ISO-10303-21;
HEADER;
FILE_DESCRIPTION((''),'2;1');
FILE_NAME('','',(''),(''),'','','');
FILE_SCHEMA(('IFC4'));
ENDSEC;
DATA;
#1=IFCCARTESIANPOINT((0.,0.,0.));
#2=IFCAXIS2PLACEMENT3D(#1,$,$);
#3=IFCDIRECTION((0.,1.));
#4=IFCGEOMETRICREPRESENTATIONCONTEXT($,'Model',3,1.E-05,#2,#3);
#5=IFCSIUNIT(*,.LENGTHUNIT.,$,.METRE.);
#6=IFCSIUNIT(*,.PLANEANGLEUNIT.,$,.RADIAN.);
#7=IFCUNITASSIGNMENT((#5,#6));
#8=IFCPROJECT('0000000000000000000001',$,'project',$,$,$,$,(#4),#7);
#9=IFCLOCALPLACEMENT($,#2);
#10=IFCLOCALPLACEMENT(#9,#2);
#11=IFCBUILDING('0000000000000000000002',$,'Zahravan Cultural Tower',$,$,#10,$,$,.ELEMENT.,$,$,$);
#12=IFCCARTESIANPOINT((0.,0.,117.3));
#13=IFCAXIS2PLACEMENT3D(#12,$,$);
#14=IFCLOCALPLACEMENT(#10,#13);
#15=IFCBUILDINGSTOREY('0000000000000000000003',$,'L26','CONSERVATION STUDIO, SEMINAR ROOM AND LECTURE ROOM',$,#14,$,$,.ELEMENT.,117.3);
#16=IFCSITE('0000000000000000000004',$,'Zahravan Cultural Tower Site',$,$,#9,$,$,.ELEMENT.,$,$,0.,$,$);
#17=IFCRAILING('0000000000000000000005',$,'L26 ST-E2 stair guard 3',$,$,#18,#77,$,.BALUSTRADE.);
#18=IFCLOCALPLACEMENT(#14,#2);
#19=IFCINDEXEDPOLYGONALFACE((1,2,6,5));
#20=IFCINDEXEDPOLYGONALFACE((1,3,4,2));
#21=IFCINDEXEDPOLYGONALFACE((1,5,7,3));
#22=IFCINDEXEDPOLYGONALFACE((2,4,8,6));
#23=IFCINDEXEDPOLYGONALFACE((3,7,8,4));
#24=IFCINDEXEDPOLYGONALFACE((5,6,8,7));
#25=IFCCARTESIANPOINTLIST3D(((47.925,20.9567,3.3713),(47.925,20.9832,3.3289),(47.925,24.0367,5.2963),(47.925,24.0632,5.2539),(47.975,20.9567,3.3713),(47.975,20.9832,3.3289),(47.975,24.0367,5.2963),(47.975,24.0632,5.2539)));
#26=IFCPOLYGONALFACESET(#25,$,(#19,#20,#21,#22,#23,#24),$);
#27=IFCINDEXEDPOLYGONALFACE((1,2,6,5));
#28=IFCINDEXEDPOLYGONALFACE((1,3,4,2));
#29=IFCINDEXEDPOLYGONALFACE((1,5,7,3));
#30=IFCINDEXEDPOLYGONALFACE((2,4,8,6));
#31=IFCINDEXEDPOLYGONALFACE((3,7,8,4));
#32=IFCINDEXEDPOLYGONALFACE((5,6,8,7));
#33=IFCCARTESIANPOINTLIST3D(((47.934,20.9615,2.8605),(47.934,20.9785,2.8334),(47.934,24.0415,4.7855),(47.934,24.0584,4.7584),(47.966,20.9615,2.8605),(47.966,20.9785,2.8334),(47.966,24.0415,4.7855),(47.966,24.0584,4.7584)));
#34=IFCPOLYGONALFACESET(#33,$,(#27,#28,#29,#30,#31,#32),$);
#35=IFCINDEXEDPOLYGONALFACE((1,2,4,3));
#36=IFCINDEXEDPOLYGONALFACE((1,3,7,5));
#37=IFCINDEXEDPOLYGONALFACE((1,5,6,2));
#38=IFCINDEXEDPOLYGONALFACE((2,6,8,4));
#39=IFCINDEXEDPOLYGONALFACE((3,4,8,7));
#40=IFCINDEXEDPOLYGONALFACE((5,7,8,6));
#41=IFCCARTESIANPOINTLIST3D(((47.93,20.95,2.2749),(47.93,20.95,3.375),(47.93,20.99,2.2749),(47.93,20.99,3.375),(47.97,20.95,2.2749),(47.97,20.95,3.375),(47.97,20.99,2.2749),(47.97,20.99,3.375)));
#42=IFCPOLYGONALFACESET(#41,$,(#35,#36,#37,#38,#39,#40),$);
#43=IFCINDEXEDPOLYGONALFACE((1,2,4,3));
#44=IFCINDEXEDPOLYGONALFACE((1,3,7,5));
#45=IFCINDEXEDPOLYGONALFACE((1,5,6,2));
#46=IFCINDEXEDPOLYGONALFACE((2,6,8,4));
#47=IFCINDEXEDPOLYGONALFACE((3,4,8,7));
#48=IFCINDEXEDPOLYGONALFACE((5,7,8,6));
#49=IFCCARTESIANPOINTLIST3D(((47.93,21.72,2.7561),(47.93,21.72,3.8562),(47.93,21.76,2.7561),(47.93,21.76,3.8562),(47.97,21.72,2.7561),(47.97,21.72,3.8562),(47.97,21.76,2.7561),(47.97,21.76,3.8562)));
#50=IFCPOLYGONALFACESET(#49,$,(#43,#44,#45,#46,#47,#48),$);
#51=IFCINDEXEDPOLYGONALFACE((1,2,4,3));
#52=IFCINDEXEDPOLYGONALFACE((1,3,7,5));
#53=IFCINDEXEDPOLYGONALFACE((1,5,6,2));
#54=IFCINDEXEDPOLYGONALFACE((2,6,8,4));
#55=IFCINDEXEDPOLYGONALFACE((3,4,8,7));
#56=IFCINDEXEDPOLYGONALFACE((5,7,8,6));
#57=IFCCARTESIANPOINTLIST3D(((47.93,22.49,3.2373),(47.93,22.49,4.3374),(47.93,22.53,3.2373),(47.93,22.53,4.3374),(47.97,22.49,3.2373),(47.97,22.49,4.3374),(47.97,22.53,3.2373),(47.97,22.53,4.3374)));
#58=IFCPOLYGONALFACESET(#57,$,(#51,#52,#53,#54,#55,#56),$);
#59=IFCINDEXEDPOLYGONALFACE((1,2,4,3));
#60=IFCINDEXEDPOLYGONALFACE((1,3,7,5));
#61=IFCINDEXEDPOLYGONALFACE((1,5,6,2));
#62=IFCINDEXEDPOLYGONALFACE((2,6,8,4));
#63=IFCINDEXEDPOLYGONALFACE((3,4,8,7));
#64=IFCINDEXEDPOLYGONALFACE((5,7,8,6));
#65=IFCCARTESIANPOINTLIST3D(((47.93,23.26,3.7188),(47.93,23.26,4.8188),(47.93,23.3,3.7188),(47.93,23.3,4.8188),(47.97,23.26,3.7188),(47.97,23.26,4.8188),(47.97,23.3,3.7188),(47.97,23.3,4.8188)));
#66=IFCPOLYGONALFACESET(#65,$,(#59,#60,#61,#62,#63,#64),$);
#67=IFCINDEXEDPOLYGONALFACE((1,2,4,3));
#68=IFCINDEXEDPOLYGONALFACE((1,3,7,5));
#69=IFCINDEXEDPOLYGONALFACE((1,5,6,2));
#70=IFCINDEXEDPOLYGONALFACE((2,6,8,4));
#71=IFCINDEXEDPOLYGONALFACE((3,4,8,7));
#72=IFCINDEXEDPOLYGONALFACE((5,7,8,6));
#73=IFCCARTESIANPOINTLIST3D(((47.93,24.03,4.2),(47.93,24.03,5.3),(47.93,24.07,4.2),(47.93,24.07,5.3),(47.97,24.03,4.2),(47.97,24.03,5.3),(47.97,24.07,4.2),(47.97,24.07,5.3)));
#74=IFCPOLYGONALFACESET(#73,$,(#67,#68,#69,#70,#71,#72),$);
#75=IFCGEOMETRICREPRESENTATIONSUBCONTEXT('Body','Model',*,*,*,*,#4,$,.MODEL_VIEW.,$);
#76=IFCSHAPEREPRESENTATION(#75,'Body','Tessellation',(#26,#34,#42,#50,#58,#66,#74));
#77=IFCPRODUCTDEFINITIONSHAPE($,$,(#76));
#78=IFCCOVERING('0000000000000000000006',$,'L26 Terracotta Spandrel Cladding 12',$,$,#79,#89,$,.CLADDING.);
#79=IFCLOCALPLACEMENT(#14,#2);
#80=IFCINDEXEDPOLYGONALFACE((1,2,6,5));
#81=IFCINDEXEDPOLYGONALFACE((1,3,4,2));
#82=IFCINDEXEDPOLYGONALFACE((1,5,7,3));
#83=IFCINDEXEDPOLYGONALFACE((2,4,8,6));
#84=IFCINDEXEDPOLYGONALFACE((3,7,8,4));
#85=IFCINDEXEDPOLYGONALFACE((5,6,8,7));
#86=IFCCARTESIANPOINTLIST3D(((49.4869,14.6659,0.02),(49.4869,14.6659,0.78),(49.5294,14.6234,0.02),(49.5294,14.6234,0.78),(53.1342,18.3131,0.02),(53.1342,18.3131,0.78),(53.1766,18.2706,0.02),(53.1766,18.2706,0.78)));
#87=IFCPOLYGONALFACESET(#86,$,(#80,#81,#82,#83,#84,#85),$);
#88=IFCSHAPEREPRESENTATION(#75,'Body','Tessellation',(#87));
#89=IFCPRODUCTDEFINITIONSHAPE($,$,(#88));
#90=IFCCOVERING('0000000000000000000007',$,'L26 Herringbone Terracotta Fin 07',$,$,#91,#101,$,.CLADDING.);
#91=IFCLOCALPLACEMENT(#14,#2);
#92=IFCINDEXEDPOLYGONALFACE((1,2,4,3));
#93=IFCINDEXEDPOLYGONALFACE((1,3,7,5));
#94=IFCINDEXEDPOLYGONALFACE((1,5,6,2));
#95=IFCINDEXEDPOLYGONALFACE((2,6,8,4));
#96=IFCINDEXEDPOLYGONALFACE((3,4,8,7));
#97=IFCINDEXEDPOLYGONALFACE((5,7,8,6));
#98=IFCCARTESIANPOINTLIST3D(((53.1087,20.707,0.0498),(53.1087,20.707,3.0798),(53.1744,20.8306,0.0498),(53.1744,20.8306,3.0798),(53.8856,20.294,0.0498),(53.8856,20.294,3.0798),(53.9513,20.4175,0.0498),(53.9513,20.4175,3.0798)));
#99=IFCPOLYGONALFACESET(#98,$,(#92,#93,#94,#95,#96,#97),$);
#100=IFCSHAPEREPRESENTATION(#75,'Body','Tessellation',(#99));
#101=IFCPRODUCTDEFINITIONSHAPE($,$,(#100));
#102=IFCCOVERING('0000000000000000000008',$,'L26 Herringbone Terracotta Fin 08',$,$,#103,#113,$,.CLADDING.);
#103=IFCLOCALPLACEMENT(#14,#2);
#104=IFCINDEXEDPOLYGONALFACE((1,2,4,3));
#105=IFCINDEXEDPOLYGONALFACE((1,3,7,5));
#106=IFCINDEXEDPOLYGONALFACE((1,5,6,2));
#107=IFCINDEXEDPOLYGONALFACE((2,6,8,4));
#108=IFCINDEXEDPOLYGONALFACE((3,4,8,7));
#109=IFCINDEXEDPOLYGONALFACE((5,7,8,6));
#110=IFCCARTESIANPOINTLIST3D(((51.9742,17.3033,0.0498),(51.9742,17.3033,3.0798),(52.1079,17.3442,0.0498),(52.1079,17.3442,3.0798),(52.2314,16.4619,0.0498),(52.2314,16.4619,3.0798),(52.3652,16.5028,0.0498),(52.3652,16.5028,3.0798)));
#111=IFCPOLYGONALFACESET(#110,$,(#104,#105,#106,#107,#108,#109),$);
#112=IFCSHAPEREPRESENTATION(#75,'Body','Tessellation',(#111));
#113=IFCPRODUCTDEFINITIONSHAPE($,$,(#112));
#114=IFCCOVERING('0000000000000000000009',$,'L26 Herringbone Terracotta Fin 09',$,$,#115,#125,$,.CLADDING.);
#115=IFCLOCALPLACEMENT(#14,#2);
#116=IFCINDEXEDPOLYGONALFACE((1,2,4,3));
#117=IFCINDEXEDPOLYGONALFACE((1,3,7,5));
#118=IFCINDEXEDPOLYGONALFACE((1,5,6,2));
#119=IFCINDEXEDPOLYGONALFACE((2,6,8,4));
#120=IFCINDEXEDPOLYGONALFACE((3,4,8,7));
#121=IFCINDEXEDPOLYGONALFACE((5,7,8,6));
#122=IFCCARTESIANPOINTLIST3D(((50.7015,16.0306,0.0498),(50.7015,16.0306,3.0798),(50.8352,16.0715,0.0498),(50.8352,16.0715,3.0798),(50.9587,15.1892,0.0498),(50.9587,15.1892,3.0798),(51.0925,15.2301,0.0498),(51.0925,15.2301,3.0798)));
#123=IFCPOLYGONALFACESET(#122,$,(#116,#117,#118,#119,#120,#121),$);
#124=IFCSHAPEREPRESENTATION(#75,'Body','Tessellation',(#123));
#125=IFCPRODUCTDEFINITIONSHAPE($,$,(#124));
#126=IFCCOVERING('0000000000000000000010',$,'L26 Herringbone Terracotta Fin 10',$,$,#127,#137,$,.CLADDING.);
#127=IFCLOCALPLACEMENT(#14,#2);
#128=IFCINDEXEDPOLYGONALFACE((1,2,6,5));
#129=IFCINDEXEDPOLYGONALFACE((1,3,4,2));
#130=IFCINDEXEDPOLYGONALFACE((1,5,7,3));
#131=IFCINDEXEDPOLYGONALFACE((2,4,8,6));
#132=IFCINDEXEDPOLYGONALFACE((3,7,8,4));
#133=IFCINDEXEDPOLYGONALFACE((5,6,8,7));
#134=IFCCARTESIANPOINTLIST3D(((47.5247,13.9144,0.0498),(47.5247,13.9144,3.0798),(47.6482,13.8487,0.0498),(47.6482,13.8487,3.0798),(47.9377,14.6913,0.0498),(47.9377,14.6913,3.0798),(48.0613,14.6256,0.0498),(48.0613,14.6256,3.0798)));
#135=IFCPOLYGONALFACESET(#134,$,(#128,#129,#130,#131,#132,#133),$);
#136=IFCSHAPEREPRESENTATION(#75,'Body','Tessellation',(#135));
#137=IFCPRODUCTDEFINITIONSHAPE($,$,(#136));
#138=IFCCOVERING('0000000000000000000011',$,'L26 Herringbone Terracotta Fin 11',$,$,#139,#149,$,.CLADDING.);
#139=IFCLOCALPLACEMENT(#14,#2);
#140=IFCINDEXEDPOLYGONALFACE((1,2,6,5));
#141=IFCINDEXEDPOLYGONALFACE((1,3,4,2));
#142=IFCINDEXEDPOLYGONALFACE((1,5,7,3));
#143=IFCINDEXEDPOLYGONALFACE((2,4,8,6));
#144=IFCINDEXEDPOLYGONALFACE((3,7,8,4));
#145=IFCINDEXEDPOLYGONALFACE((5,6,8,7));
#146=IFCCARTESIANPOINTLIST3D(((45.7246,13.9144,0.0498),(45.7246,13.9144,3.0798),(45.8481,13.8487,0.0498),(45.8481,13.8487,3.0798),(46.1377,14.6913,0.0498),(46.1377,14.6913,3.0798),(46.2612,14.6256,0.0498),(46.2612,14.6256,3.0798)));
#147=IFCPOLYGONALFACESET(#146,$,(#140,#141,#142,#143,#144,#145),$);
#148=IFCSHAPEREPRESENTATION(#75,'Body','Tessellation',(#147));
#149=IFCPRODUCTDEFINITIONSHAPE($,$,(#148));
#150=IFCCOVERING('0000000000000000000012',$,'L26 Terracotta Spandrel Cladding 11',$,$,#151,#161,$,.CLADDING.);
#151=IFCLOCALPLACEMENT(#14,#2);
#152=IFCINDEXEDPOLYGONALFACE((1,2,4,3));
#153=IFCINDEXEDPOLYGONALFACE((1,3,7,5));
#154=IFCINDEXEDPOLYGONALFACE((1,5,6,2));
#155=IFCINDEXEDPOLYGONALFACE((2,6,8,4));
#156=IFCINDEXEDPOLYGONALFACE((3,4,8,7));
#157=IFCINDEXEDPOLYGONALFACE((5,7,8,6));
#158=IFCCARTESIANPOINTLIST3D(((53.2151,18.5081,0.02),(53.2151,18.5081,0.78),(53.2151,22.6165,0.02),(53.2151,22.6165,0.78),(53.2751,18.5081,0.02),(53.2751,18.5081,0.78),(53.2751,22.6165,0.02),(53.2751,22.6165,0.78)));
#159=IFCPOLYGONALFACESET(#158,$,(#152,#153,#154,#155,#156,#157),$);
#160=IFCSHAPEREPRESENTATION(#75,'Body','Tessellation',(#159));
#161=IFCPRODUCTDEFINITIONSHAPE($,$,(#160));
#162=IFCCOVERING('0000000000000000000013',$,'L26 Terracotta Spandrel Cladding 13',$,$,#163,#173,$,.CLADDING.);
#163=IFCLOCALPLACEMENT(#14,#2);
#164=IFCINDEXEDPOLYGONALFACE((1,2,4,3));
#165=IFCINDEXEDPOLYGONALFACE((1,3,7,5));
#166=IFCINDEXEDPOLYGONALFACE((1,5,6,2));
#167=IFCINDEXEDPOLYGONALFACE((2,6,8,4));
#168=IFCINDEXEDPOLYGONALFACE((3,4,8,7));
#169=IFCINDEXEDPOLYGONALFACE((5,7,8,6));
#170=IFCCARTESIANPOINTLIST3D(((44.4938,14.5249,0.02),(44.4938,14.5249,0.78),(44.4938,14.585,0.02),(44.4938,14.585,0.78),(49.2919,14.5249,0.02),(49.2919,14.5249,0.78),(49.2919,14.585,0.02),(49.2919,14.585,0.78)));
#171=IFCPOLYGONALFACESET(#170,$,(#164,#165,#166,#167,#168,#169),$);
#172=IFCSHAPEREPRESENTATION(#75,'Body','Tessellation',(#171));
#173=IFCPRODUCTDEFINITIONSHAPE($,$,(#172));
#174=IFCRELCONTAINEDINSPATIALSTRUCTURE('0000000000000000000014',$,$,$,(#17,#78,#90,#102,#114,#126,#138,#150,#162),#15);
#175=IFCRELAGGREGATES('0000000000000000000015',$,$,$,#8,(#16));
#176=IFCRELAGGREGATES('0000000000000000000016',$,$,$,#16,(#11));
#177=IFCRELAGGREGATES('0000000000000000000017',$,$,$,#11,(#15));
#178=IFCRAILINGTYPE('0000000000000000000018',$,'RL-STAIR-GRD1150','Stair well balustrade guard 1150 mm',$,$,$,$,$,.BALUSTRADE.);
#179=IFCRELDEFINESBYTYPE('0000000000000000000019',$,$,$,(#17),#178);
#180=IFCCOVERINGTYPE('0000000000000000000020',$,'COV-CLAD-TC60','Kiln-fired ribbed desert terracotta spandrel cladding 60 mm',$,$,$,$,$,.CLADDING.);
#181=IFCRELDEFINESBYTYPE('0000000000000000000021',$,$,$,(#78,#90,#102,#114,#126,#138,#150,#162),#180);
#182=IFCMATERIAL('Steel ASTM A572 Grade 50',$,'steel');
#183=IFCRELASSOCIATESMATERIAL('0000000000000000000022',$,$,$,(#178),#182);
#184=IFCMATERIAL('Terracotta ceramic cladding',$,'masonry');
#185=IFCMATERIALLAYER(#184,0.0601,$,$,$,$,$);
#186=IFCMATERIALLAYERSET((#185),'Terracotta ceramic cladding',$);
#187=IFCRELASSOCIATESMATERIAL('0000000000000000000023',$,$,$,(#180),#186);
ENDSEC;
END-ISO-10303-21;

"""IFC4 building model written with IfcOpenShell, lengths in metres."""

from ifc_helpers import new_model, si_unit, direction, frame, origin, origin_2d, place, context, subcontext, project, spatial, rectangle, extrude, source, transform, mapped, material, layer, layer_set, type_object, element, save


model = new_model("IFC4")

# Units and contexts
model_context = context("Model", 3, precision=1e-05, world=origin(), true_north=direction((0.0, 1.0)))
body_context = subcontext(model_context, "Body", "Model", "MODEL_VIEW")
ifc_project = project(units=[si_unit("LENGTHUNIT", "METRE"), si_unit("PLANEANGLEUNIT", "RADIAN")], contexts=[model_context])

# Site, building, storey
site_placement = place(None, origin())
site = spatial("IfcSite", under=ifc_project, at=site_placement, Name="Zahravan Cultural Tower Site", CompositionType="ELEMENT", RefElevation=0.0)
building_placement = place(site_placement, origin())
building = spatial("IfcBuilding", under=site, at=building_placement, Name="Zahravan Cultural Tower", CompositionType="ELEMENT")
storey_placement = place(building_placement, frame((0.0, 0.0, 117.3)))
storey = spatial("IfcBuildingStorey", under=building, at=storey_placement, Name="L26", Description="CONSERVATION STUDIO, SEMINAR ROOM AND LECTURE ROOM", CompositionType="ELEMENT", Elevation=117.3)

# Shared definitions
ifc_material_1 = material(Name="Steel ASTM A572 Grade 50", Category="steel")

# Railing
railing_type = type_object("IfcRailingType", Name="RL-STAIR-GRD1150", Description="Stair well balustrade guard 1150 mm", PredefinedType="BALUSTRADE", material=ifc_material_1)
railing_1_placement = place(storey_placement, frame((47.95, 20.97, 2.2749)))
element("IfcRailing", 1, at=railing_1_placement, inside=storey, type_object=railing_type, Name="L26 ST-E2 stair guard 3", PredefinedType="BALUSTRADE", context=body_context, shape_type="SweptSolid", body=[
    extrude(rectangle(XDim=0.05, YDim=0.05, at=origin_2d()), frame((0.0, 0.0, 1.0752), z_axis=(0.0, 0.847998, 0.529999), x_axis=(-1.0, 0.0, 0.0)), (0.0, 0.0, 1.0), 3.6321),
    extrude(rectangle(XDim=0.032, YDim=0.032, at=origin_2d()), frame((0.0, 0.0, 0.572), z_axis=(0.0, 0.847998, 0.529999), x_axis=(-1.0, 0.0, 0.0)), (0.0, 0.0, 1.0), 3.6321),
    extrude(rectangle(XDim=0.04, YDim=0.04, at=origin_2d()), origin(), (0.0, 0.0, 1.0), 1.1001),
    extrude(rectangle(XDim=0.04, YDim=0.04, at=origin_2d()), frame((0.0, 0.77, 0.4812)), (0.0, 0.0, 1.0), 1.1001),
    extrude(rectangle(XDim=0.04, YDim=0.04, at=origin_2d()), frame((0.0, 1.54, 0.9624)), (0.0, 0.0, 1.0), 1.1001),
    extrude(rectangle(XDim=0.04, YDim=0.04, at=origin_2d()), frame((0.0, 2.3101, 1.4438)), (0.0, 0.0, 1.0), 1.1001),
    extrude(rectangle(XDim=0.04, YDim=0.04, at=origin_2d()), frame((0.0, 3.0801, 1.925)), (0.0, 0.0, 1.0), 1.1001),
])

# Coverings
ifc_material_2 = material(Name="Terracotta ceramic cladding", Category="masonry")
ifc_layer_1 = layer(ifc_material_2, 0.0601)
ifc_layer_set_1 = layer_set([ifc_layer_1], Name="Terracotta ceramic cladding")
covering_type = type_object("IfcCoveringType", Name="COV-CLAD-TC60", Description="Kiln-fired ribbed desert terracotta spandrel cladding 60 mm", PredefinedType="CLADDING", material=ifc_layer_set_1)
shared_shape_1 = source(origin(), body_context, "Body", "SweptSolid", [
    extrude(rectangle(XDim=5.158, YDim=0.0601, at=origin_2d()), origin(), (0.0, 0.0, 1.0), 0.76),
])
covering_1_placement = place(storey_placement, frame((51.3318, 16.4683, 0.02), z_axis=(0.0, 0.0, 1.0), x_axis=(-0.707107, -0.707107, 0.0)))
element("IfcCovering", 2, at=covering_1_placement, inside=storey, type_object=covering_type, Name="L26 Terracotta Spandrel Cladding 12", PredefinedType="CLADDING", context=body_context, shape_type="MappedRepresentation", body=[
    mapped(shared_shape_1, transform((0.0, 0.0, 0.0), x_axis=(1.0, 0.0, 0.0), y_axis=(0.0, 1.0, 0.0), z_axis=(0.0, 0.0, 1.0), scale=1.0)),
])
shared_shape_2 = source(origin(), body_context, "Body", "SweptSolid", [
    extrude(rectangle(XDim=0.8799, YDim=0.1399, at=origin_2d()), origin(), (0.0, 0.0, 1.0), 3.03),
])
for number, where, z_axis, x_axis, name in (
    (3, (53.53, 20.5623, 0.0498), (0.0, 0.0, 1.0), (0.882948, -0.469472, 0.0), "L26 Herringbone Terracotta Fin 07"),
    (4, (52.1697, 16.9031, 0.0498), (0.0, 0.0, 1.0), (0.292372, -0.956305, 0.0), "L26 Herringbone Terracotta Fin 08"),
    (5, (50.897, 15.6304, 0.0498), (0.0, 0.0, 1.0), (0.292372, -0.956305, 0.0), "L26 Herringbone Terracotta Fin 09"),
    (6, (47.793, 14.27, 0.0498), (0.0, 0.0, 1.0), (-0.469472, -0.882948, 0.0), "L26 Herringbone Terracotta Fin 10"),
    (7, (45.9929, 14.27, 0.0498), (0.0, 0.0, 1.0), (-0.469472, -0.882948, 0.0), "L26 Herringbone Terracotta Fin 11"),
):
    element("IfcCovering", number, at=place(storey_placement, frame(where, z_axis=z_axis, x_axis=x_axis)), inside=storey, type_object=covering_type, Name=name, PredefinedType="CLADDING", context=body_context, shape_type="MappedRepresentation", body=[
        mapped(shared_shape_2, transform((0.0, 0.0, 0.0), x_axis=(1.0, 0.0, 0.0), y_axis=(0.0, 1.0, 0.0), z_axis=(0.0, 0.0, 1.0), scale=1.0)),
    ])
shared_shape_3 = source(origin(), body_context, "Body", "SweptSolid", [
    extrude(rectangle(XDim=4.1084, YDim=0.0601, at=origin_2d()), origin(), (0.0, 0.0, 1.0), 0.76),
])
covering_2_placement = place(storey_placement, frame((53.2451, 20.5623, 0.02), z_axis=(0.0, 0.0, 1.0), x_axis=(0.0, -1.0, 0.0)))
element("IfcCovering", 8, at=covering_2_placement, inside=storey, type_object=covering_type, Name="L26 Terracotta Spandrel Cladding 11", PredefinedType="CLADDING", context=body_context, shape_type="MappedRepresentation", body=[
    mapped(shared_shape_3, transform((0.0, 0.0, 0.0), x_axis=(1.0, 0.0, 0.0), y_axis=(0.0, 1.0, 0.0), z_axis=(0.0, 0.0, 1.0), scale=1.0)),
])
shared_shape_4 = source(origin(), body_context, "Body", "SweptSolid", [
    extrude(rectangle(XDim=4.7981, YDim=0.0601, at=origin_2d()), origin(), (0.0, 0.0, 1.0), 0.76),
])
covering_3_placement = place(storey_placement, frame((46.8928, 14.5549, 0.02), z_axis=(0.0, 0.0, 1.0), x_axis=(-1.0, 0.0, 0.0)))
element("IfcCovering", 9, at=covering_3_placement, inside=storey, type_object=covering_type, Name="L26 Terracotta Spandrel Cladding 13", PredefinedType="CLADDING", context=body_context, shape_type="MappedRepresentation", body=[
    mapped(shared_shape_4, transform((0.0, 0.0, 0.0), x_axis=(1.0, 0.0, 0.0), y_axis=(0.0, 1.0, 0.0), z_axis=(0.0, 0.0, 1.0), scale=1.0)),
])

save(model, "model.ifc")
